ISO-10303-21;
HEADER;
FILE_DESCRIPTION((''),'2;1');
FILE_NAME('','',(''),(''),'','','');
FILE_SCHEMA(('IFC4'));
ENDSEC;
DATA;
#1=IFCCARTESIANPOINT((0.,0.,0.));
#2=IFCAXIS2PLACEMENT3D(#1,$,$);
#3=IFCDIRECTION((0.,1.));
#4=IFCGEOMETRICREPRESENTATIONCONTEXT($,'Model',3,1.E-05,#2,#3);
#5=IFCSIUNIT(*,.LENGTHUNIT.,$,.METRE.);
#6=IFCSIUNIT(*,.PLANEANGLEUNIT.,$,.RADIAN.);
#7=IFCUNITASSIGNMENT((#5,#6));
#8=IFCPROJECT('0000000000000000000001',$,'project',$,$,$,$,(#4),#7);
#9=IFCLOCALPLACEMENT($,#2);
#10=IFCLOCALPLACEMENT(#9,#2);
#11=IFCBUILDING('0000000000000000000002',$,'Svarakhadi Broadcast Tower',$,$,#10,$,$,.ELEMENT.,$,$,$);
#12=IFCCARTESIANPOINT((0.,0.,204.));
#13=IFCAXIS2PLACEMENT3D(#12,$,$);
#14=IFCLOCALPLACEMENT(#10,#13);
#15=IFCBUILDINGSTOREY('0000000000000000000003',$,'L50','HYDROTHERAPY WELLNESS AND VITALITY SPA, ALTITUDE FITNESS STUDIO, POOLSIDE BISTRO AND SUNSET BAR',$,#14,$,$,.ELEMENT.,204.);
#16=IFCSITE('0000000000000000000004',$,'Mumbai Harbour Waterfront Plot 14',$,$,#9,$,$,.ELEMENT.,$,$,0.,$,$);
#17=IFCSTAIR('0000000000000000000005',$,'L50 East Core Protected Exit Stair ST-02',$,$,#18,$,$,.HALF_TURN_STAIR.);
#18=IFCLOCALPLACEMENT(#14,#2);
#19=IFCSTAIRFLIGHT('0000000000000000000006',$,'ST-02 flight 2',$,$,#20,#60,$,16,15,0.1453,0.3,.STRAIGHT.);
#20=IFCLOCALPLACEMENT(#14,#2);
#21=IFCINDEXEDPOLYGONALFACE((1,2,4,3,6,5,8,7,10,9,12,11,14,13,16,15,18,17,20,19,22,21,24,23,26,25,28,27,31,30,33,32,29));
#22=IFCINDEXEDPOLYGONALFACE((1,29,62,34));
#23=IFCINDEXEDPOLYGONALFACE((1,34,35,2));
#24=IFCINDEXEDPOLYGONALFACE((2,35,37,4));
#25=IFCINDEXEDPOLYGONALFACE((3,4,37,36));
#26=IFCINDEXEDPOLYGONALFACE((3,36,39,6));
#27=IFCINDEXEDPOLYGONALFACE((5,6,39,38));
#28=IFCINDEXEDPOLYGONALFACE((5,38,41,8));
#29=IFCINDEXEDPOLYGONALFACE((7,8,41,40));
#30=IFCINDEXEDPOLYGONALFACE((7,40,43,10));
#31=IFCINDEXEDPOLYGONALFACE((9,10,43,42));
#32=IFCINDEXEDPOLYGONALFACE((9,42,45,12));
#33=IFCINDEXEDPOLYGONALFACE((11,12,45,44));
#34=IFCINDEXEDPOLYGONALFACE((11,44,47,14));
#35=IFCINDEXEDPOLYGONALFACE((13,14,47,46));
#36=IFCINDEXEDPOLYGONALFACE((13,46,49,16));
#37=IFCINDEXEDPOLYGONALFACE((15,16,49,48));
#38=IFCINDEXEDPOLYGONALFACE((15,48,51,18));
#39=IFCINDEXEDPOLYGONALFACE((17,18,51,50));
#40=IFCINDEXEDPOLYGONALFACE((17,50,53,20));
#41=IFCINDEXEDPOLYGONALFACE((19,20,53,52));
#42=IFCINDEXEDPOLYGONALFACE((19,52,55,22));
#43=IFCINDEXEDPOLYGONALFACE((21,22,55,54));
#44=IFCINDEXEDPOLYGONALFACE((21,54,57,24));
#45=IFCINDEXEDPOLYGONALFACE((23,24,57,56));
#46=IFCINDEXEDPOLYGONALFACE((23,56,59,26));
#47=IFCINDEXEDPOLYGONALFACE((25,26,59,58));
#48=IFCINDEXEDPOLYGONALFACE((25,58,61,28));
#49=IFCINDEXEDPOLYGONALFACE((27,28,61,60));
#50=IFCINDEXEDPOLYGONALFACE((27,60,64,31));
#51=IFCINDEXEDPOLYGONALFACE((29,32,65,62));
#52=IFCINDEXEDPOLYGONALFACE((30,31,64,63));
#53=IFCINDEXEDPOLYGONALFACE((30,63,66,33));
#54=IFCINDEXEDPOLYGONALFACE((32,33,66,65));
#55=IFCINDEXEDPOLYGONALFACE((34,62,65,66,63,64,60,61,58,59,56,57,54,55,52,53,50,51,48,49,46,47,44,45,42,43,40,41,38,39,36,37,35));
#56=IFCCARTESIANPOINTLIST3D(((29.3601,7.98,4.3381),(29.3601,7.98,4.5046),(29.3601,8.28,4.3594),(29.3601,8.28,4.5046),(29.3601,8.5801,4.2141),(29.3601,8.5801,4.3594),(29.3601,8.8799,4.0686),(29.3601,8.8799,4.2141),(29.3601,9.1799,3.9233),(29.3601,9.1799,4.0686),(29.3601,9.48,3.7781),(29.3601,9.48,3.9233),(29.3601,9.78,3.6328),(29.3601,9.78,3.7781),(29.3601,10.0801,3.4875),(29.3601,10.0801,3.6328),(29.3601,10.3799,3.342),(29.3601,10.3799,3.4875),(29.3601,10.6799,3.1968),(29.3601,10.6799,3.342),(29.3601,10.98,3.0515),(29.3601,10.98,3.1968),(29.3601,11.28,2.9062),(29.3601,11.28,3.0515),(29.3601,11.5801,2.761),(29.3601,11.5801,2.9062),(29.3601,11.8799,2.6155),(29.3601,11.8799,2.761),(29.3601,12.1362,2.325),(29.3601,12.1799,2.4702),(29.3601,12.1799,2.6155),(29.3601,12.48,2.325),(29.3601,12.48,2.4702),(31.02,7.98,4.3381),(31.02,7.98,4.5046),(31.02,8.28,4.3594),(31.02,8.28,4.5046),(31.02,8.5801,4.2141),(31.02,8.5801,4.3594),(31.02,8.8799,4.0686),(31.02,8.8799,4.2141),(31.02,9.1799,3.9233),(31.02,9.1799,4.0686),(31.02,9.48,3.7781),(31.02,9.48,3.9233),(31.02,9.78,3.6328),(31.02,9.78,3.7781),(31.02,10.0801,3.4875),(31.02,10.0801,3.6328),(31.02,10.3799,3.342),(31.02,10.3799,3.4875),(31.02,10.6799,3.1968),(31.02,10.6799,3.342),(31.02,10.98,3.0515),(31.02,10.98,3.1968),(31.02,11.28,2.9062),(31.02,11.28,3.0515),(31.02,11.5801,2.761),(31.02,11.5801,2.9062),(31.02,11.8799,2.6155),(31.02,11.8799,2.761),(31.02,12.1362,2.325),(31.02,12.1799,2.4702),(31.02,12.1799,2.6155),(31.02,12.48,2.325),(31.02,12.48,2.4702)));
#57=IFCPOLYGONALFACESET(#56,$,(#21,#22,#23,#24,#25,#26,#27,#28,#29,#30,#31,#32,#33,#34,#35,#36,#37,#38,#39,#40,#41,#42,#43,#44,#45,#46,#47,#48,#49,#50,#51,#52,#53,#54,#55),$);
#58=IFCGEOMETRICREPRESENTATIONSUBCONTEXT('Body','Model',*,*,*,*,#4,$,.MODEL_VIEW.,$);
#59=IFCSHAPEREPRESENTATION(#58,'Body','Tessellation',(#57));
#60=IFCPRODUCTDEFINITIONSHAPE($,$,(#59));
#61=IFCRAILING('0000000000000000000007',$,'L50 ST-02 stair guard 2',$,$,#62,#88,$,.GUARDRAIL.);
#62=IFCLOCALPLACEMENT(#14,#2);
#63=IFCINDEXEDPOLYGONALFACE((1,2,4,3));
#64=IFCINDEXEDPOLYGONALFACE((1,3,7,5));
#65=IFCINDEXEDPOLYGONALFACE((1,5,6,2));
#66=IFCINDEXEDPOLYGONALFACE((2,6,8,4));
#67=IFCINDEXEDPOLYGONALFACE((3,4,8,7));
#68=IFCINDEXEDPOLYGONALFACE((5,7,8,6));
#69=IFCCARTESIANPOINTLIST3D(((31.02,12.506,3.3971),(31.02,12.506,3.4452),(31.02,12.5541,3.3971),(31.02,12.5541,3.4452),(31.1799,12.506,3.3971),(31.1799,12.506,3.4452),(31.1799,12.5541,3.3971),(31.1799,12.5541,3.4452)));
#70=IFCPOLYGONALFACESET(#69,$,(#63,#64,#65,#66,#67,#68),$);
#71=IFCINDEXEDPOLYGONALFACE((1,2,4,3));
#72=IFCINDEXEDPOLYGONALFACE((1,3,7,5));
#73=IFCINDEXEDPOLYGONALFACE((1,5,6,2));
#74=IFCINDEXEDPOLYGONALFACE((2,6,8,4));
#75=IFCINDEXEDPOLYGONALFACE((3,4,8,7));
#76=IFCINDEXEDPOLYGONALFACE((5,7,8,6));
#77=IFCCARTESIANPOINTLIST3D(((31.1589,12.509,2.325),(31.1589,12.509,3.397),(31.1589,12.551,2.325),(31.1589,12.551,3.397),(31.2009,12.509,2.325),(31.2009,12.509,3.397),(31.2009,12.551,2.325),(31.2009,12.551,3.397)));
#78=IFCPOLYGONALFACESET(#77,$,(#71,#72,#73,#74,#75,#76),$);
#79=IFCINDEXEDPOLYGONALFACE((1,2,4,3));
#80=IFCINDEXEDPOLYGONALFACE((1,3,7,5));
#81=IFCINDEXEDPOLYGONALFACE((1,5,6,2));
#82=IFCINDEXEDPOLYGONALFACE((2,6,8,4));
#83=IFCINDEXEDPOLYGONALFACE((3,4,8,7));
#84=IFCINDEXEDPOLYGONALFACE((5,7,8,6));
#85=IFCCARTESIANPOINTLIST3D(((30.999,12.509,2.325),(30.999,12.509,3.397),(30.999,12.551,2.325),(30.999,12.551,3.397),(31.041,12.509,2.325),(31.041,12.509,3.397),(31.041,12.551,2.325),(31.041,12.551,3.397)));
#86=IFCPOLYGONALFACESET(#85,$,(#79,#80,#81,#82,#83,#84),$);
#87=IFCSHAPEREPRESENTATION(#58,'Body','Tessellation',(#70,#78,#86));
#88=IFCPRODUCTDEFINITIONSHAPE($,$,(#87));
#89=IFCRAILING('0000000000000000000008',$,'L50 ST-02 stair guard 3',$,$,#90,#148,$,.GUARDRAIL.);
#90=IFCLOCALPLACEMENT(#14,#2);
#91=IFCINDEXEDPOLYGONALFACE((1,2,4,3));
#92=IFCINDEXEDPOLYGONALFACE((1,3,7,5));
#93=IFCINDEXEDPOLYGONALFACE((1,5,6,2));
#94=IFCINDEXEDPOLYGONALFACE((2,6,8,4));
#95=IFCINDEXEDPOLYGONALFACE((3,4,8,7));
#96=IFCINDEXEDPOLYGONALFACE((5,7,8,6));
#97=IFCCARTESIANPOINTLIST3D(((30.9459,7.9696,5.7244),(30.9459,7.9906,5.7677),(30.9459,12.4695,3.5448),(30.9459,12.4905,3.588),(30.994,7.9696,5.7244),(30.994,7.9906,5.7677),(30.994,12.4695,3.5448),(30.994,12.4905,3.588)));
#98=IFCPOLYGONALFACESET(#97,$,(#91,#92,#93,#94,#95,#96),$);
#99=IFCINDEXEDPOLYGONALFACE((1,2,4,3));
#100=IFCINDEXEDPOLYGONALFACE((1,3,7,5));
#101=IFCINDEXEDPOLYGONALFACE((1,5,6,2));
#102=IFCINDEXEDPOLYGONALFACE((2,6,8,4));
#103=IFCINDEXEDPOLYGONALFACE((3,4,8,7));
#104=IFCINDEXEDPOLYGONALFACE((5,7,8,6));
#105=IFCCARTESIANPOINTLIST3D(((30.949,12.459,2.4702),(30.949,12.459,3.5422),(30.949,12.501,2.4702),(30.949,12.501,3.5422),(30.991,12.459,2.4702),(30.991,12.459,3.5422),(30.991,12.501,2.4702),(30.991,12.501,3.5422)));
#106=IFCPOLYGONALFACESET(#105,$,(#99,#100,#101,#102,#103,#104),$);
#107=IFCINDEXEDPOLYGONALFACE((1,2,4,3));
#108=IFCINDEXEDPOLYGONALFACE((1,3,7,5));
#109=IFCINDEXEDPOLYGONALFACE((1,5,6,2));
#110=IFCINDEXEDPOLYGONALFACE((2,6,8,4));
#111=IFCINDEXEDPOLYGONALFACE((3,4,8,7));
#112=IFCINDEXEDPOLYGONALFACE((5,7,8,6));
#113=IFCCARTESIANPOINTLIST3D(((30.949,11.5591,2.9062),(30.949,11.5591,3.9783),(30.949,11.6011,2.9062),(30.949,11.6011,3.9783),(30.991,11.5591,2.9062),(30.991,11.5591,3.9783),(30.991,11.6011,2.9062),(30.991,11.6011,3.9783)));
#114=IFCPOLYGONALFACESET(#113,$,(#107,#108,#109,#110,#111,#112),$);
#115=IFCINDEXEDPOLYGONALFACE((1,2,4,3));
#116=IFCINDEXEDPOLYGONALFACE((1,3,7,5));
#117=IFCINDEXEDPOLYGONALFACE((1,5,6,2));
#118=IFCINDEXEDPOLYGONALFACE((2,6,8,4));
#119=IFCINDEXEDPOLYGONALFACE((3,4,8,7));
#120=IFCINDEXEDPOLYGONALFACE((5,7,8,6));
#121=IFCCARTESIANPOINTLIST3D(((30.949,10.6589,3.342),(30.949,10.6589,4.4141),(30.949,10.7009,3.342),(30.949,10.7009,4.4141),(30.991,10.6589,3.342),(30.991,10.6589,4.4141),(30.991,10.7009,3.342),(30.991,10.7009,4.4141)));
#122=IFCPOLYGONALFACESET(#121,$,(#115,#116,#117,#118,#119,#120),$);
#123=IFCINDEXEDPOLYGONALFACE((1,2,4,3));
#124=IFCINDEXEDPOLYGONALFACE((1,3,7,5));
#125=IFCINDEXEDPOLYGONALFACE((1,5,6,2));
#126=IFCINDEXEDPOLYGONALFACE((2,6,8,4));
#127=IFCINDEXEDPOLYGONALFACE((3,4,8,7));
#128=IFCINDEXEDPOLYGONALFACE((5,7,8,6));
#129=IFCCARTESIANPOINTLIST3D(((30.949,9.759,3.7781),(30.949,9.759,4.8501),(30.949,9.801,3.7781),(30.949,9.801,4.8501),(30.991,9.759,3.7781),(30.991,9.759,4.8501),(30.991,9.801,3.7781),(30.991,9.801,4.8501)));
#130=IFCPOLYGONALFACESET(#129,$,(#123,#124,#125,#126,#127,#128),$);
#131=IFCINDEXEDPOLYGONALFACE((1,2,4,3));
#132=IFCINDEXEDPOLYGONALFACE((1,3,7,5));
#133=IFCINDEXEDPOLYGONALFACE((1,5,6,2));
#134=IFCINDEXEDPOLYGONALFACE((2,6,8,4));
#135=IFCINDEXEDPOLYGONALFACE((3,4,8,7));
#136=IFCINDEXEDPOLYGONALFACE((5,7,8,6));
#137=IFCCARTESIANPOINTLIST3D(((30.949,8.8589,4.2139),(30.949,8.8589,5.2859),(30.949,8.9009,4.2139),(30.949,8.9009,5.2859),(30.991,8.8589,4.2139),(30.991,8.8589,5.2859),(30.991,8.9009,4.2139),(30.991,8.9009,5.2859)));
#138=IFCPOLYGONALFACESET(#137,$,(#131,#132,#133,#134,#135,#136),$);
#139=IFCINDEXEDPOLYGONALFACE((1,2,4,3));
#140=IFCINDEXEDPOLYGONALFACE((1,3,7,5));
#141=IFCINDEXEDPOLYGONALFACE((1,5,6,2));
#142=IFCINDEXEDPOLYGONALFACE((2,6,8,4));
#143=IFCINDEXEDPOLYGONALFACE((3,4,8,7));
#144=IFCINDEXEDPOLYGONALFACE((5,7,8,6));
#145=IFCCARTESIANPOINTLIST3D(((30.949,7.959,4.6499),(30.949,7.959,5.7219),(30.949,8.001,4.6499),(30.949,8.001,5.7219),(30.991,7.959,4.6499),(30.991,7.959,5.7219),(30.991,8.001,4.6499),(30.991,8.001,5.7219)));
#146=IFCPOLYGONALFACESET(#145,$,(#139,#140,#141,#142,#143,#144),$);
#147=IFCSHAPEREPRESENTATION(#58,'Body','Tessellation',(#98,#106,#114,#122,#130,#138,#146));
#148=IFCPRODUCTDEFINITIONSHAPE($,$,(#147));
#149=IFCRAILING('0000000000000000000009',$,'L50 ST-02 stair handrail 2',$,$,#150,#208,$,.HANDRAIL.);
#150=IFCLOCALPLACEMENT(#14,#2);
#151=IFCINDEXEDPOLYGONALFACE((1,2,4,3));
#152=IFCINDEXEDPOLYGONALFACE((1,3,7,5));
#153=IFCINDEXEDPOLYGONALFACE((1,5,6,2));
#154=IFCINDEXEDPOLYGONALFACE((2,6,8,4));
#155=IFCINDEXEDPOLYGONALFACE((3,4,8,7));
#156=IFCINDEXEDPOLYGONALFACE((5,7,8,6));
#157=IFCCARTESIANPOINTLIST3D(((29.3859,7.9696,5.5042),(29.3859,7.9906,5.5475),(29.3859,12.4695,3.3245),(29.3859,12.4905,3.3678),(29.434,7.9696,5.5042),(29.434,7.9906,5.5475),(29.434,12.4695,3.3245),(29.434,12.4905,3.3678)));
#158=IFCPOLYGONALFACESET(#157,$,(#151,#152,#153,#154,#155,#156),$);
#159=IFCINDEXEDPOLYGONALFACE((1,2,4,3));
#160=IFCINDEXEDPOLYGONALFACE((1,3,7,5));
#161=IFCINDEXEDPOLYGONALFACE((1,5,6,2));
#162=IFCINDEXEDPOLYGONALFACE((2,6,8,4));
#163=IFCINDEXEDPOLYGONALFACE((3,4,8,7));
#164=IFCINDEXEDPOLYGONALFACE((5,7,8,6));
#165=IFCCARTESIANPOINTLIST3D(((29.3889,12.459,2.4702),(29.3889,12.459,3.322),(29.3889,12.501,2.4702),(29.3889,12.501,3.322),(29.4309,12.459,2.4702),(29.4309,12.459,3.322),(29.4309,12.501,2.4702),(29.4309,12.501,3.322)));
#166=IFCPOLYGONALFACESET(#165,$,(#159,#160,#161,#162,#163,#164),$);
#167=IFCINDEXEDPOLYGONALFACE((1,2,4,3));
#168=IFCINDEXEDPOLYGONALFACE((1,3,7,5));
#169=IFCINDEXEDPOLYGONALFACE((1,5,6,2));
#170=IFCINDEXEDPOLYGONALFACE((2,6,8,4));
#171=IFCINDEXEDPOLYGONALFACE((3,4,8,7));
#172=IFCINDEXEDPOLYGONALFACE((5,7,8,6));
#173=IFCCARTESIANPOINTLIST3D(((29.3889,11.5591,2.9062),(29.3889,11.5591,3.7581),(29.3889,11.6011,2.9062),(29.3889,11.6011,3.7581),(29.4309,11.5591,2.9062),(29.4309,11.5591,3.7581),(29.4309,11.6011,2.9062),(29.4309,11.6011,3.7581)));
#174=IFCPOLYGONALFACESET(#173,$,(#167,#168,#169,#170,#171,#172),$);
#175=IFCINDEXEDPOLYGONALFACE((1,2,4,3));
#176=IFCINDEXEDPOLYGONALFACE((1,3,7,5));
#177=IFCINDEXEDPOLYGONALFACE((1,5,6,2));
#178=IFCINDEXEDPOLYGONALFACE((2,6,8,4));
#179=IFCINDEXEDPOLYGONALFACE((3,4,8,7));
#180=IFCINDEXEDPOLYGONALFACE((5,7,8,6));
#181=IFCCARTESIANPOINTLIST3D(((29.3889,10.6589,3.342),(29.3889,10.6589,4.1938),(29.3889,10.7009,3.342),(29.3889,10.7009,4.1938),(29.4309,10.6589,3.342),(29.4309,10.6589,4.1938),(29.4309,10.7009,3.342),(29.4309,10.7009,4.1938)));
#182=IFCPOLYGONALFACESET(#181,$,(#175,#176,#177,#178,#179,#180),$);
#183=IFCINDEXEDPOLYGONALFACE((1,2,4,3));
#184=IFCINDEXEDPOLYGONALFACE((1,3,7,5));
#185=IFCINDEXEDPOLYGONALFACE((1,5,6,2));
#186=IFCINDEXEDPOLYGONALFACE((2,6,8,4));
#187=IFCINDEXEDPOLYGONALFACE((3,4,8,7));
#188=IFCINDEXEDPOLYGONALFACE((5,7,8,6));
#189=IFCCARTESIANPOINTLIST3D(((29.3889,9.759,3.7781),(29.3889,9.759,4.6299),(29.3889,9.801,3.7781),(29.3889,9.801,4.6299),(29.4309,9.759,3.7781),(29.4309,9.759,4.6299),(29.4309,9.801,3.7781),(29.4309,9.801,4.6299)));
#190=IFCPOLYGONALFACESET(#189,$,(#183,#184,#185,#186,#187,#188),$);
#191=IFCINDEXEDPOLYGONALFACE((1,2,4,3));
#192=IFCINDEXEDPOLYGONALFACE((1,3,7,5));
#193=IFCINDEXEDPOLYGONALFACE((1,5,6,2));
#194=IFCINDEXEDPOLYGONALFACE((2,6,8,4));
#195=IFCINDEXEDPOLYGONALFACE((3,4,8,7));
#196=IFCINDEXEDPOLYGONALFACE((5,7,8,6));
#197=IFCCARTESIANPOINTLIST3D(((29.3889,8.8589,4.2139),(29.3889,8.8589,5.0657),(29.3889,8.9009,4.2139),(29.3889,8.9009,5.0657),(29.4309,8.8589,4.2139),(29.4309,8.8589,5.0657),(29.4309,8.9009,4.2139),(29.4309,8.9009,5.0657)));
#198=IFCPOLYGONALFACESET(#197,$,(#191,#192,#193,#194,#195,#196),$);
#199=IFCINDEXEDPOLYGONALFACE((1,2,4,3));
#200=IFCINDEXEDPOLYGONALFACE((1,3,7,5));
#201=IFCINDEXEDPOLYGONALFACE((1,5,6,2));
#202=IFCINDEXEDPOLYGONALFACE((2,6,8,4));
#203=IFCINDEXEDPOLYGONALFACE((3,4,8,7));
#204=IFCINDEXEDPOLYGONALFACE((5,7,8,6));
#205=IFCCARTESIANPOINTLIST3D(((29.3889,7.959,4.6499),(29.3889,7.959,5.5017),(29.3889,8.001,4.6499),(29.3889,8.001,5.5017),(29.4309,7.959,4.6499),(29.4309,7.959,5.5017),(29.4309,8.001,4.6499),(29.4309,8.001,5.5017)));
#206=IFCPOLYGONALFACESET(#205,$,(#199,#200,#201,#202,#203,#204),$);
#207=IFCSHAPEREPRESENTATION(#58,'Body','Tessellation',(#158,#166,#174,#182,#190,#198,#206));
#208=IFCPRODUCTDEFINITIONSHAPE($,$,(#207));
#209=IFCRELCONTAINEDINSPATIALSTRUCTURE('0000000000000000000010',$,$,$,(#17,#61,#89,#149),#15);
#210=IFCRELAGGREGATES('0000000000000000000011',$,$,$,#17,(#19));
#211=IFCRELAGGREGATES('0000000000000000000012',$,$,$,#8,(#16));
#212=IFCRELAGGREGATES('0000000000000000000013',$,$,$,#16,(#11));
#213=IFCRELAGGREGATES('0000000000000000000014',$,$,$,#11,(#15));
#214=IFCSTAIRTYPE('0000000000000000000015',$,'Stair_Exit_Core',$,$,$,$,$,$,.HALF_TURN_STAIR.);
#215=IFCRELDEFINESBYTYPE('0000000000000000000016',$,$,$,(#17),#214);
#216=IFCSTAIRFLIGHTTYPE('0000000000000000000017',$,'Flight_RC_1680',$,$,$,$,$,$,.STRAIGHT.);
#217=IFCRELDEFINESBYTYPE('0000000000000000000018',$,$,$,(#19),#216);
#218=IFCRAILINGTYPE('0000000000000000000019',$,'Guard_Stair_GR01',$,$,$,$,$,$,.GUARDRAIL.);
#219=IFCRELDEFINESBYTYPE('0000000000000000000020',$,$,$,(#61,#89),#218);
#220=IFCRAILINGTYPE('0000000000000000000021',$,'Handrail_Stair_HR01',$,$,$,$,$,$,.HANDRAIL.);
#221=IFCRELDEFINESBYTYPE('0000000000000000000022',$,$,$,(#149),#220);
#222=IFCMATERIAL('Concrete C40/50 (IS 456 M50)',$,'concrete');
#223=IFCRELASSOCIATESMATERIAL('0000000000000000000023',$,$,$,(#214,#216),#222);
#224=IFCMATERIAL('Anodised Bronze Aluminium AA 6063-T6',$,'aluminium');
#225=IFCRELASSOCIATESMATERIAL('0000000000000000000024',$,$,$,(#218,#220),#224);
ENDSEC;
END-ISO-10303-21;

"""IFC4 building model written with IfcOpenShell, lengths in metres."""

from ifc_helpers import new_model, si_unit, direction, frame, origin, origin_2d, place, context, subcontext, project, spatial, polyline, rectangle, outline, extrude, material, type_object, element, aggregate, save


model = new_model("IFC4")

# Units and contexts
model_context = context("Model", 3, precision=1e-05, world=origin(), true_north=direction((0.0, 1.0)))
body_context = subcontext(model_context, "Body", "Model", "MODEL_VIEW")
ifc_project = project(units=[si_unit("LENGTHUNIT", "METRE"), si_unit("PLANEANGLEUNIT", "RADIAN")], contexts=[model_context])

# Site, building, storey
site_placement = place(None, origin())
site = spatial("IfcSite", under=ifc_project, at=site_placement, Name="Mumbai Harbour Waterfront Plot 14", CompositionType="ELEMENT", RefElevation=0.0)
building_placement = place(site_placement, origin())
building = spatial("IfcBuilding", under=site, at=building_placement, Name="Svarakhadi Broadcast Tower", CompositionType="ELEMENT")
storey_placement = place(building_placement, frame((0.0, 0.0, 204.0)))
storey = spatial("IfcBuildingStorey", under=building, at=storey_placement, Name="L50", Description="HYDROTHERAPY WELLNESS AND VITALITY SPA, ALTITUDE FITNESS STUDIO, POOLSIDE BISTRO AND SUNSET BAR", CompositionType="ELEMENT", Elevation=204.0)

# Shared definitions
ifc_material_1 = material(Name="Anodised Bronze Aluminium AA 6063-T6", Category="aluminium")

# Shared definitions
ifc_material_2 = material(Name="Concrete C40/50 (IS 456 M50)", Category="concrete")

# Stair, stair flight
stair_type = type_object("IfcStairType", Name="Stair_Exit_Core", PredefinedType="HALF_TURN_STAIR", material=ifc_material_2)
stair_placement = place(storey_placement, origin())
stair = element("IfcStair", 1, at=stair_placement, inside=storey, type_object=stair_type, Name="L50 East Core Protected Exit Stair ST-02", PredefinedType="HALF_TURN_STAIR")
stair_flight_type = type_object("IfcStairFlightType", Name="Flight_RC_1680", PredefinedType="STRAIGHT", material=ifc_material_2)
stair_flight_placement = place(storey_placement, frame((30.1899, 12.48, 2.325), z_axis=(0.0, 0.0, 1.0), x_axis=(0.0, -1.0, 0.0)))
stair_flight = element("IfcStairFlight", 2, at=stair_flight_placement, type_object=stair_flight_type, Name="ST-02 flight 2", NumberOfRisers=16, NumberOfTreads=15, PredefinedType="STRAIGHT", RiserHeight=0.1453, TreadLength=0.3, context=body_context, shape_type="SweptSolid", body=[
    extrude(outline(polyline([(0.0, 0.0), (0.0, 0.1453), (0.3, 0.1453), (0.3, 0.2905), (0.6001, 0.2905), (0.6001, 0.436), (0.8999, 0.436), (0.8999, 0.5813), (1.2, 0.5813), (1.2, 0.7266), (1.5, 0.7266), (1.5, 0.8718), (1.8, 0.8718), (1.8, 1.0171), (2.1001, 1.0171), (2.1001, 1.1626), (2.3999, 1.1626), (2.3999, 1.3079), (2.7, 1.3079), (2.7, 1.4531), (3.0, 1.4531), (3.0, 1.5984), (3.3, 1.5984), (3.3, 1.7437), (3.6001, 1.7437), (3.6001, 1.8892), (3.8999, 1.8892), (3.8999, 2.0344), (4.2, 2.0344), (4.2, 2.1797), (4.5, 2.1797), (4.5, 2.325), (4.5, 2.0132), (0.3438, 0.0), (0.0, 0.0)])), frame((0.0, 0.8301, 0.0), z_axis=(0.0, -1.0, 0.0), x_axis=(1.0, 0.0, 0.0)), (0.0, 0.0, 1.0), 1.6599),
])
aggregate(stair, [stair_flight])

# Railings
railing_type_1 = type_object("IfcRailingType", Name="Guard_Stair_GR01", PredefinedType="GUARDRAIL", material=ifc_material_1)
railing_1_placement = place(storey_placement, frame((31.1799, 12.53, 2.325)))
element("IfcRailing", 3, at=railing_1_placement, inside=storey, type_object=railing_type_1, Name="L50 ST-02 stair guard 2", PredefinedType="GUARDRAIL", context=body_context, shape_type="SweptSolid", body=[
    extrude(rectangle(XDim=0.0481, YDim=0.0481, at=origin_2d()), frame((0.0, 0.0, 1.0962), z_axis=(-1.0, 0.0, 0.0), x_axis=(0.0, -1.0, 0.0)), (0.0, 0.0, 1.0), 0.1599),
    extrude(rectangle(XDim=0.042, YDim=0.042, at=origin_2d()), origin(), (0.0, 0.0, 1.0), 1.072),
    extrude(rectangle(XDim=0.042, YDim=0.042, at=origin_2d()), frame((-0.1599, 0.0, 0.0)), (0.0, 0.0, 1.0), 1.072),
])
railing_2_placement = place(storey_placement, frame((30.97, 12.48, 2.4702)))
element("IfcRailing", 4, at=railing_2_placement, inside=storey, type_object=railing_type_1, Name="L50 ST-02 stair guard 3", PredefinedType="GUARDRAIL", context=body_context, shape_type="SweptSolid", body=[
    extrude(rectangle(XDim=0.0481, YDim=0.0481, at=origin_2d()), frame((0.0, 0.0, 1.0962), z_axis=(0.0, -0.899981, 0.435928), x_axis=(1.0, 0.0, 0.0)), (0.0, 0.0, 1.0), 5.0),
    extrude(rectangle(XDim=0.042, YDim=0.042, at=origin_2d()), origin(), (0.0, 0.0, 1.0), 1.072),
    extrude(rectangle(XDim=0.042, YDim=0.042, at=origin_2d()), frame((0.0, -0.8999, 0.436)), (0.0, 0.0, 1.0), 1.072),
    extrude(rectangle(XDim=0.042, YDim=0.042, at=origin_2d()), frame((0.0, -1.8, 0.8718)), (0.0, 0.0, 1.0), 1.072),
    extrude(rectangle(XDim=0.042, YDim=0.042, at=origin_2d()), frame((0.0, -2.7, 1.3079)), (0.0, 0.0, 1.0), 1.072),
    extrude(rectangle(XDim=0.042, YDim=0.042, at=origin_2d()), frame((0.0, -3.6001, 1.7437)), (0.0, 0.0, 1.0), 1.072),
    extrude(rectangle(XDim=0.042, YDim=0.042, at=origin_2d()), frame((0.0, -4.5, 2.1797)), (0.0, 0.0, 1.0), 1.072),
])
railing_type_2 = type_object("IfcRailingType", Name="Handrail_Stair_HR01", PredefinedType="HANDRAIL", material=ifc_material_1)
railing_3_placement = place(storey_placement, frame((29.4099, 12.48, 2.4702)))
element("IfcRailing", 5, at=railing_3_placement, inside=storey, type_object=railing_type_2, Name="L50 ST-02 stair handrail 2", PredefinedType="HANDRAIL", context=body_context, shape_type="SweptSolid", body=[
    extrude(rectangle(XDim=0.0481, YDim=0.0481, at=origin_2d()), frame((0.0, 0.0, 0.876), z_axis=(0.0, -0.899981, 0.435928), x_axis=(1.0, 0.0, 0.0)), (0.0, 0.0, 1.0), 5.0),
    extrude(rectangle(XDim=0.042, YDim=0.042, at=origin_2d()), origin(), (0.0, 0.0, 1.0), 0.8518),
    extrude(rectangle(XDim=0.042, YDim=0.042, at=origin_2d()), frame((0.0, -0.8999, 0.436)), (0.0, 0.0, 1.0), 0.8518),
    extrude(rectangle(XDim=0.042, YDim=0.042, at=origin_2d()), frame((0.0, -1.8, 0.8718)), (0.0, 0.0, 1.0), 0.8518),
    extrude(rectangle(XDim=0.042, YDim=0.042, at=origin_2d()), frame((0.0, -2.7, 1.3079)), (0.0, 0.0, 1.0), 0.8518),
    extrude(rectangle(XDim=0.042, YDim=0.042, at=origin_2d()), frame((0.0, -3.6001, 1.7437)), (0.0, 0.0, 1.0), 0.8518),
    extrude(rectangle(XDim=0.042, YDim=0.042, at=origin_2d()), frame((0.0, -4.5, 2.1797)), (0.0, 0.0, 1.0), 0.8518),
])

save(model, "model.ifc")
